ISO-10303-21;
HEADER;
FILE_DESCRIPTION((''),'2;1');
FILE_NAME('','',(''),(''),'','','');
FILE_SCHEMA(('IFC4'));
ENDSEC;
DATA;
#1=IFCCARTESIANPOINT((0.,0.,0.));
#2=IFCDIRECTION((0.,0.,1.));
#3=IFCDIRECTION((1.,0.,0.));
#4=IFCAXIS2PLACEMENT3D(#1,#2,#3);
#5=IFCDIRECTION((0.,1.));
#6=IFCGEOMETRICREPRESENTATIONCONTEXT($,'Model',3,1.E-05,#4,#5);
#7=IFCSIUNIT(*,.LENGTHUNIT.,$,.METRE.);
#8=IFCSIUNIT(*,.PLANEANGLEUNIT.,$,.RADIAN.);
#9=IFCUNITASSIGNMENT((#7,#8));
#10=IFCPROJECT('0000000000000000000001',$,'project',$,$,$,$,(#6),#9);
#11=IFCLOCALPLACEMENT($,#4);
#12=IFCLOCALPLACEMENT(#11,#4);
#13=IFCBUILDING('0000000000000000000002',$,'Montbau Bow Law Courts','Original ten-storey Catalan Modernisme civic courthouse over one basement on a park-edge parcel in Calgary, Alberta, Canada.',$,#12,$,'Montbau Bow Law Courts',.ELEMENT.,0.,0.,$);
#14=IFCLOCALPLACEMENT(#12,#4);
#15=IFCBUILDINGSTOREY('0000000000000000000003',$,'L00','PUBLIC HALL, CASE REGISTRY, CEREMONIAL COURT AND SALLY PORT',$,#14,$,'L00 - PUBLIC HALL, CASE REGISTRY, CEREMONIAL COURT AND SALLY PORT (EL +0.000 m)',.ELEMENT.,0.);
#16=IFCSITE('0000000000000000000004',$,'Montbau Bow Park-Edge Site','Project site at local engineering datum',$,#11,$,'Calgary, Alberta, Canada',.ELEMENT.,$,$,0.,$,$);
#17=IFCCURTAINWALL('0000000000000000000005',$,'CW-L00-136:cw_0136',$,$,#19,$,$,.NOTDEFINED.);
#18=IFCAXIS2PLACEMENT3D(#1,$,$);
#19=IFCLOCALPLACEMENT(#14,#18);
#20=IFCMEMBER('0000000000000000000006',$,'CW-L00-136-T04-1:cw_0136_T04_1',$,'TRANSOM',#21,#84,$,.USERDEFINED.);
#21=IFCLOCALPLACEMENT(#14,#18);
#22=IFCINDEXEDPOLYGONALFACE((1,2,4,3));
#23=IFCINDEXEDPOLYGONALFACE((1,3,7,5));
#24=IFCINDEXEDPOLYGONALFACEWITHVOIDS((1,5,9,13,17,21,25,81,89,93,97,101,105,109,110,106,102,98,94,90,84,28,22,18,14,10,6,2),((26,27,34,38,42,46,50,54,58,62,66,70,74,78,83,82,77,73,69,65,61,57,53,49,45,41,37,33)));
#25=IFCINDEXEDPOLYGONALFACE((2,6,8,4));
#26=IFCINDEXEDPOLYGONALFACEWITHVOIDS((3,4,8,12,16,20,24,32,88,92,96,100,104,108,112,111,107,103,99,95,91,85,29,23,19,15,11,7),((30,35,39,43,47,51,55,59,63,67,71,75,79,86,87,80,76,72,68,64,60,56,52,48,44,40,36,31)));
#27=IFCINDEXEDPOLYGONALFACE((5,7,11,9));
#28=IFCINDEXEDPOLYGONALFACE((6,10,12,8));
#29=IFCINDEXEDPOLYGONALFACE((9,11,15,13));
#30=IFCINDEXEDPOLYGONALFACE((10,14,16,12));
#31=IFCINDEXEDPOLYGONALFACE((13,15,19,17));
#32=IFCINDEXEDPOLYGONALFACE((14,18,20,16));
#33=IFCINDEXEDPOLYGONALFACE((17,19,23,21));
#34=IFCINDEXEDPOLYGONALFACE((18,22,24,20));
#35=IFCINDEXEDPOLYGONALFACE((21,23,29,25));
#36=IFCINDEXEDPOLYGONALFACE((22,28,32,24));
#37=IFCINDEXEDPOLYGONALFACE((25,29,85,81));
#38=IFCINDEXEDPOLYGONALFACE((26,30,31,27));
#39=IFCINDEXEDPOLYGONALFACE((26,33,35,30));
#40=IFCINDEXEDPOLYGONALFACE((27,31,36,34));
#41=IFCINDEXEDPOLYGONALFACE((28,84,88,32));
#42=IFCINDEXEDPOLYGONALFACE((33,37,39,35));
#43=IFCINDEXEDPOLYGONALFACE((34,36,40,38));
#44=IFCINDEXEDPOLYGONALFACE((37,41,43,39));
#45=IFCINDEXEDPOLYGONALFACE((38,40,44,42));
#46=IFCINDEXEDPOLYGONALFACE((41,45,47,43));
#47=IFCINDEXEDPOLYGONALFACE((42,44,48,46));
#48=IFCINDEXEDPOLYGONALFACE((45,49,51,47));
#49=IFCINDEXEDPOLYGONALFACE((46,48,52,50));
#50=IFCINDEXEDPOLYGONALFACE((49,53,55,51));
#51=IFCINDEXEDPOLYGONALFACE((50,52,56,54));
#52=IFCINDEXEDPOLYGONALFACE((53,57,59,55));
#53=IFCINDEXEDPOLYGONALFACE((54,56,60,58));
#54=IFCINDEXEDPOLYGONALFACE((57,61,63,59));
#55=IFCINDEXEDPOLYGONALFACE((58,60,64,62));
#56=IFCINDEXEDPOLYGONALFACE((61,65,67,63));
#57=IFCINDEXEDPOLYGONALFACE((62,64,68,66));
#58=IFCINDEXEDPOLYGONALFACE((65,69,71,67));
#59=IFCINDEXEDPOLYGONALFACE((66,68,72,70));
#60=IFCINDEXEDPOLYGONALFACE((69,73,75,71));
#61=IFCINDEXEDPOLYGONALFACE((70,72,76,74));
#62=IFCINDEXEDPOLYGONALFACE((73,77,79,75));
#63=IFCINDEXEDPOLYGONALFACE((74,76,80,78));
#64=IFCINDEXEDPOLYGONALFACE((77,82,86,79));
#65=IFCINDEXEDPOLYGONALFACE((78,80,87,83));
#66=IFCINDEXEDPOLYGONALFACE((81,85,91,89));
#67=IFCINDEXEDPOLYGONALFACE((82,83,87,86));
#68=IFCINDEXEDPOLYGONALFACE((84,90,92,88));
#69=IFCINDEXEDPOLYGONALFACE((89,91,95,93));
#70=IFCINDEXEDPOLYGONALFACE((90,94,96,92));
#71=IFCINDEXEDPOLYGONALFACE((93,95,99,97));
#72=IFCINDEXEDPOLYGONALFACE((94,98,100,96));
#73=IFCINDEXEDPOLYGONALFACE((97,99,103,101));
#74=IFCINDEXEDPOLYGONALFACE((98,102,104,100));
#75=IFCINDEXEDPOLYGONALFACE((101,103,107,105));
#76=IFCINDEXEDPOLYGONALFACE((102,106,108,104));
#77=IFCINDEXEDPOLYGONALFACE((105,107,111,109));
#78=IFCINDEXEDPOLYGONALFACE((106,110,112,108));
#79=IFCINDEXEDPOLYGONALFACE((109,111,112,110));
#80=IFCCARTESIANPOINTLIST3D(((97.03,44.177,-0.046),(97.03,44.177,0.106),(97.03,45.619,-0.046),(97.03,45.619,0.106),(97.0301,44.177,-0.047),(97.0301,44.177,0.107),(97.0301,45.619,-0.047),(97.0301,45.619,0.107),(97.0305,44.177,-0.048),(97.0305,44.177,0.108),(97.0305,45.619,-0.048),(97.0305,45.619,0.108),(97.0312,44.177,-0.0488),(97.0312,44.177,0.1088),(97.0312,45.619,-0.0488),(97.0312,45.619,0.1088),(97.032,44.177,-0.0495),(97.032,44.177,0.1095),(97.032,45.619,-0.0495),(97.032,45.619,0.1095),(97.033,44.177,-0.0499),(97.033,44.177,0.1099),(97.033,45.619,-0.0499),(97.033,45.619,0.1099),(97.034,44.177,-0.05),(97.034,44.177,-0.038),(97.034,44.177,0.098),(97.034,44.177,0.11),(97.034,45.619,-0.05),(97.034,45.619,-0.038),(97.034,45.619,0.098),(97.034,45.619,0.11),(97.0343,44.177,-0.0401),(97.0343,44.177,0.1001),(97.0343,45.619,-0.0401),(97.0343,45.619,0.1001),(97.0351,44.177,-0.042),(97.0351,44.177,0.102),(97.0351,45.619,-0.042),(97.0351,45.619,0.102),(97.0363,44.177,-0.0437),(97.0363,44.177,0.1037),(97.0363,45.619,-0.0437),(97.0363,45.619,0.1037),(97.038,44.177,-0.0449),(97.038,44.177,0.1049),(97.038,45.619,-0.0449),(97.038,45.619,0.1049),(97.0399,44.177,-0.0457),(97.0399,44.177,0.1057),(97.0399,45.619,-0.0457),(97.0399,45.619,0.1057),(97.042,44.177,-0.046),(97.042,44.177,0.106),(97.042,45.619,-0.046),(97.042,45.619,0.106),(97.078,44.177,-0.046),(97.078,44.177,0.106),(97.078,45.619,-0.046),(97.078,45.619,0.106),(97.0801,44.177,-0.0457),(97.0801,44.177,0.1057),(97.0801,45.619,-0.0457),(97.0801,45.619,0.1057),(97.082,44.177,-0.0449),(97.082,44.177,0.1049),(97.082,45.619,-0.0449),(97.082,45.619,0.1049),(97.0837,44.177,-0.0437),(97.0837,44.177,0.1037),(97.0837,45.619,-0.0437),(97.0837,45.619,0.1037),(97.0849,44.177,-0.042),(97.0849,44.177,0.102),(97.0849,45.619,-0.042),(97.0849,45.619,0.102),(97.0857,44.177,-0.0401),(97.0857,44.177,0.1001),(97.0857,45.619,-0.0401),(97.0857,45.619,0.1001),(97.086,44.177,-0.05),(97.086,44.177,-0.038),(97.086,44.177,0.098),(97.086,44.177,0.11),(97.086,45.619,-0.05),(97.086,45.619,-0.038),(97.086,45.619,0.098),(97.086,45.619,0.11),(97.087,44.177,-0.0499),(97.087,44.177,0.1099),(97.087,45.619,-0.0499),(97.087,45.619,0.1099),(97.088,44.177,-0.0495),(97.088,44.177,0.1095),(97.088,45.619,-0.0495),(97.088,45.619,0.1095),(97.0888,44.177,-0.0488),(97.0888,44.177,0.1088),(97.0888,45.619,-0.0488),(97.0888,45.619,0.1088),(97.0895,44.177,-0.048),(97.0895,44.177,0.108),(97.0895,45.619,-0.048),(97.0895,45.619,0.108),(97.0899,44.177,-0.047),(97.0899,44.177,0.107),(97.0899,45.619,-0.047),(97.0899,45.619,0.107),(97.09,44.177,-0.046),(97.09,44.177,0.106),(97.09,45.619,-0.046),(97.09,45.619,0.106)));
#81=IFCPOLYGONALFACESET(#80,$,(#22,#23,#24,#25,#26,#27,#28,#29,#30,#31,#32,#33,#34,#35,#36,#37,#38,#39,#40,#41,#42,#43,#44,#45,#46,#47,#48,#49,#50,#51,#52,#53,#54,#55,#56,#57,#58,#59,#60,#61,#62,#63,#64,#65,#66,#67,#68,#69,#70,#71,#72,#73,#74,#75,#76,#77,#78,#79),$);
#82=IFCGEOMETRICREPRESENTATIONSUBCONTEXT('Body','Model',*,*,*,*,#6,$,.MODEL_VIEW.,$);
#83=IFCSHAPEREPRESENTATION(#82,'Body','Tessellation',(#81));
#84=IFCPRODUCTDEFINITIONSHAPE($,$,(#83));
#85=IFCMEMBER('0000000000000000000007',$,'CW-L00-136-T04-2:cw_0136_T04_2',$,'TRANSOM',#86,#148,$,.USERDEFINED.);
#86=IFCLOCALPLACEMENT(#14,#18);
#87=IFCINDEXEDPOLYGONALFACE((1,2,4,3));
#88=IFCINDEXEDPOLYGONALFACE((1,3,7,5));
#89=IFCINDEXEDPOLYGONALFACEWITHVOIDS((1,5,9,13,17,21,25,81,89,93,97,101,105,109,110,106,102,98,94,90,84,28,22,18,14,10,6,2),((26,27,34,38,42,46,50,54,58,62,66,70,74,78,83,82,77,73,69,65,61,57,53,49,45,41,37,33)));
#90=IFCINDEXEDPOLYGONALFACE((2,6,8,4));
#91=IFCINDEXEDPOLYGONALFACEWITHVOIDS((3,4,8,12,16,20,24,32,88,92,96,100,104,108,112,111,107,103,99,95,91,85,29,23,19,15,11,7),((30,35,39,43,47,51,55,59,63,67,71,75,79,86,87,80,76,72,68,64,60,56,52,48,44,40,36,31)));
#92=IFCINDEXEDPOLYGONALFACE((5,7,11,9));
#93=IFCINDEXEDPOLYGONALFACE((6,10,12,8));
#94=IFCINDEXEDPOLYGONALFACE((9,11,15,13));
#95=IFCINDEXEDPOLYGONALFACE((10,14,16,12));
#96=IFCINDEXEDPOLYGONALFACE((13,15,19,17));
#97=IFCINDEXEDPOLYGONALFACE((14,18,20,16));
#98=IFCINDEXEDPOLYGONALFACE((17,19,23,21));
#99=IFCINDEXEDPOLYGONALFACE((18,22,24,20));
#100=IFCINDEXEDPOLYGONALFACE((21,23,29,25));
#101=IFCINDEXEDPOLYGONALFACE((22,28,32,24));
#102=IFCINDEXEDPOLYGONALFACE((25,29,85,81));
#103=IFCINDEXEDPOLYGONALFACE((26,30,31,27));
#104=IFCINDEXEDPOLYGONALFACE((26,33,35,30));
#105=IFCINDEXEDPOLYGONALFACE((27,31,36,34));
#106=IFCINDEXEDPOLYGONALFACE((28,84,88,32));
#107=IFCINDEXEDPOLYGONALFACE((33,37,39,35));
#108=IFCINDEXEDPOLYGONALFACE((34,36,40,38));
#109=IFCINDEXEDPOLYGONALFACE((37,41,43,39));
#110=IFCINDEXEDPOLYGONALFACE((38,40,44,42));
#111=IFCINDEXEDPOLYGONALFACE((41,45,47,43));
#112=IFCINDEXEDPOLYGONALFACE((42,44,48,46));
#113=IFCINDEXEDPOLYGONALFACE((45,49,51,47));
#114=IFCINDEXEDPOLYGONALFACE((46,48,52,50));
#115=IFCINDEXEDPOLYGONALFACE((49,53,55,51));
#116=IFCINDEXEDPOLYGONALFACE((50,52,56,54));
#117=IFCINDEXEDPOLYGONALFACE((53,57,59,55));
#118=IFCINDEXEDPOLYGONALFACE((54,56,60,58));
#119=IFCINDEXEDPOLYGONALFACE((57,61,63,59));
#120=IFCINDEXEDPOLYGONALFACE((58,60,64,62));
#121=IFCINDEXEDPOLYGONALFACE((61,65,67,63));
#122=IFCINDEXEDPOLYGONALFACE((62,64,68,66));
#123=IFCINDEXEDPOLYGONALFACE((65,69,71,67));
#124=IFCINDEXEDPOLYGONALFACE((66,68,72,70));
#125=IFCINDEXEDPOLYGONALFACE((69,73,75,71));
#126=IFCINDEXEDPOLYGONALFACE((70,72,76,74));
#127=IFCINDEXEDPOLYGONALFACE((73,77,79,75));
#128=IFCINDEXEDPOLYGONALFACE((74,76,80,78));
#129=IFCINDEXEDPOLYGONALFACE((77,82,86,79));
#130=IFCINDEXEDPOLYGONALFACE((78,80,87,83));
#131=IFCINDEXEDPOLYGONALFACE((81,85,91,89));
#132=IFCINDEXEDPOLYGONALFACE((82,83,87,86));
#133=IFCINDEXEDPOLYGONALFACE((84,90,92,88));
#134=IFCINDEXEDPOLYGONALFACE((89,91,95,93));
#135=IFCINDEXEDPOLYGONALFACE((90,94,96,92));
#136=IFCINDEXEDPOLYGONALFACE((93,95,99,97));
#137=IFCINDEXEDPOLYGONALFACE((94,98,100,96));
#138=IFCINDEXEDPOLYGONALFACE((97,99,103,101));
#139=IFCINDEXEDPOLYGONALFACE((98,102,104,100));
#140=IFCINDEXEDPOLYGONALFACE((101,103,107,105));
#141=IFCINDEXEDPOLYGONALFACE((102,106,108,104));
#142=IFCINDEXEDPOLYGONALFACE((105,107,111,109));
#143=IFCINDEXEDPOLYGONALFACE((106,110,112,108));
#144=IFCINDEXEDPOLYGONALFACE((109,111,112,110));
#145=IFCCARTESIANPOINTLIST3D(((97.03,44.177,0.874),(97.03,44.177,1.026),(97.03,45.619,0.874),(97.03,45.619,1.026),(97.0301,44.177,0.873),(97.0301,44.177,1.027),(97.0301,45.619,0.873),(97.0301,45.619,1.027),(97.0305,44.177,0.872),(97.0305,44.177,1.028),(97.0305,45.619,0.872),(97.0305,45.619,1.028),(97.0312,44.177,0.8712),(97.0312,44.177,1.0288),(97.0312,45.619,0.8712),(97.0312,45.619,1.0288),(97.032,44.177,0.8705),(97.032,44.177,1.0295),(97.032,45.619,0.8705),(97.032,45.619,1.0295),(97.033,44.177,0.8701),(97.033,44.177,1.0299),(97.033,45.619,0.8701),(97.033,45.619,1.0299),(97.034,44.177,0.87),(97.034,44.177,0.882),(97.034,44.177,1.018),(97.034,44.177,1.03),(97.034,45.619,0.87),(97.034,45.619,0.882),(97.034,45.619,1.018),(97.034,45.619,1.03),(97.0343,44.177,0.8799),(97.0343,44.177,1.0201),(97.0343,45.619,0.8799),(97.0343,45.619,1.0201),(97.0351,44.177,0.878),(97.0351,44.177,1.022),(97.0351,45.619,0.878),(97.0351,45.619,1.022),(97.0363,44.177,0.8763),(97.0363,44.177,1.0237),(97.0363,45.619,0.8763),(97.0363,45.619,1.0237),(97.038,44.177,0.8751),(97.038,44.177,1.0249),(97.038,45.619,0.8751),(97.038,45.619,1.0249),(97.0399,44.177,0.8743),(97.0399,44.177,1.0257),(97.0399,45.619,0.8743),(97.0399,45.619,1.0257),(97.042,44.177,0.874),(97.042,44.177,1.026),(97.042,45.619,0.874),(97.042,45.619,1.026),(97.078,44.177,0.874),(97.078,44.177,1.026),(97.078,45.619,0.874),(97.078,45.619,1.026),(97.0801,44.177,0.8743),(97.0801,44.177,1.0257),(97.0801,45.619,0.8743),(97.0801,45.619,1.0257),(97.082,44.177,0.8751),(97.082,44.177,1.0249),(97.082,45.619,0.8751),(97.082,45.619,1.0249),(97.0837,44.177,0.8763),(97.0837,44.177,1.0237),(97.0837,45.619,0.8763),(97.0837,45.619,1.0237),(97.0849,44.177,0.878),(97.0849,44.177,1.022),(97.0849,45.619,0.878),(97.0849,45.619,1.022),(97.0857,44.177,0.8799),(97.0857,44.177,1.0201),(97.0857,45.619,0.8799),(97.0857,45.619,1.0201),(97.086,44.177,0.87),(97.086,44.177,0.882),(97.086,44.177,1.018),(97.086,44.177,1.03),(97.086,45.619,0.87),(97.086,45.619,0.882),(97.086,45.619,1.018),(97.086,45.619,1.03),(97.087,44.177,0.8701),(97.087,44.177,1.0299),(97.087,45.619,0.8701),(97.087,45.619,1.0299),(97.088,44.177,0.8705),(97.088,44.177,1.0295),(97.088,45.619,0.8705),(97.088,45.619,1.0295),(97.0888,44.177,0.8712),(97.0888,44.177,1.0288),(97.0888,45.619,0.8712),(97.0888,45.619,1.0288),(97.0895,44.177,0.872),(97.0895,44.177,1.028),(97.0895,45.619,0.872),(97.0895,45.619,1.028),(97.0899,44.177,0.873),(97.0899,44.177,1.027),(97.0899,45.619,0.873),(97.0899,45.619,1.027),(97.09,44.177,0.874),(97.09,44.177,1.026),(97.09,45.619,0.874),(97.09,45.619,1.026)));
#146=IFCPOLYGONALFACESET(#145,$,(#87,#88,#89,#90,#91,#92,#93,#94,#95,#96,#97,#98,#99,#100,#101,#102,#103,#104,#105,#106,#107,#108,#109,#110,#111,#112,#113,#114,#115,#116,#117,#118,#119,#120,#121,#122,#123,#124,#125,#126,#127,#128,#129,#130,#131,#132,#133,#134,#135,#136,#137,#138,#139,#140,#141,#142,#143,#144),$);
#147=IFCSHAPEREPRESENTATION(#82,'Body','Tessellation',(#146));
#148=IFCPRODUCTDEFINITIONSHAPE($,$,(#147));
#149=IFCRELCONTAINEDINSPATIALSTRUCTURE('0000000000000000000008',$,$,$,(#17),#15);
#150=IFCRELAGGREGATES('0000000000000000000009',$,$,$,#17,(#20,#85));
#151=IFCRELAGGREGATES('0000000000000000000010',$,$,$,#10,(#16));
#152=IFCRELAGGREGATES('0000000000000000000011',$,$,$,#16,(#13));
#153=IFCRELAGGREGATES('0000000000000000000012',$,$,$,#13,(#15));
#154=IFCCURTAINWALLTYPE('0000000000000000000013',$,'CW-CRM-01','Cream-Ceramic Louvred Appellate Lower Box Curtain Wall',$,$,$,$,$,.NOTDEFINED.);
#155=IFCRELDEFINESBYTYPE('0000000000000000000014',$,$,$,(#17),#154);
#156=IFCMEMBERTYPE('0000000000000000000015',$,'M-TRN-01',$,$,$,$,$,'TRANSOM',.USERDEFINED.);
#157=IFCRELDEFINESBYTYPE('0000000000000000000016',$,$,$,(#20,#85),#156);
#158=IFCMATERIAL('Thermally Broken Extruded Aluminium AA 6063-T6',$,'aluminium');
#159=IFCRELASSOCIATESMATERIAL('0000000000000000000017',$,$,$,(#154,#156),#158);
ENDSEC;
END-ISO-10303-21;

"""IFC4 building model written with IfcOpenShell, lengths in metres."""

from ifc_helpers import new_model, si_unit, direction, frame, origin_with_axes, origin_2d_with_axis, place, context, subcontext, project, spatial, hollow_rectangle, extrude, material, material_profile, profile_set, type_object, element, aggregate, save


model = new_model("IFC4")

# Units and contexts
model_context = context("Model", 3, precision=1e-05, world=origin_with_axes(), true_north=direction((0.0, 1.0)))
body_context = subcontext(model_context, "Body", "Model", "MODEL_VIEW")
ifc_project = project(units=[si_unit("LENGTHUNIT", "METRE"), si_unit("PLANEANGLEUNIT", "RADIAN")], contexts=[model_context])

# Site, building, storey
site_placement = place(None, origin_with_axes())
site = spatial("IfcSite", under=ifc_project, at=site_placement, Name="Montbau Bow Park-Edge Site", Description="Project site at local engineering datum", LongName="Calgary, Alberta, Canada", CompositionType="ELEMENT", RefElevation=0.0)
building_placement = place(site_placement, origin_with_axes())
building = spatial("IfcBuilding", under=site, at=building_placement, Name="Montbau Bow Law Courts", Description="Original ten-storey Catalan Modernisme civic courthouse over one basement on a park-edge parcel in Calgary, Alberta, Canada.", LongName="Montbau Bow Law Courts", CompositionType="ELEMENT", ElevationOfRefHeight=0.0, ElevationOfTerrain=0.0)
storey_placement = place(building_placement, origin_with_axes())
storey = spatial("IfcBuildingStorey", under=building, at=storey_placement, Name="L00", Description="PUBLIC HALL, CASE REGISTRY, CEREMONIAL COURT AND SALLY PORT", LongName="L00 - PUBLIC HALL, CASE REGISTRY, CEREMONIAL COURT AND SALLY PORT (EL +0.000 m)", CompositionType="ELEMENT", Elevation=0.0)

# Curtain wall
ifc_material_1 = material(Name="Thermally Broken Extruded Aluminium AA 6063-T6", Category="aluminium")
curtain_wall_type = type_object("IfcCurtainWallType", Name="CW-CRM-01", Description="Cream-Ceramic Louvred Appellate Lower Box Curtain Wall", PredefinedType="NOTDEFINED", material=ifc_material_1)
curtain_wall_1_placement = place(None, frame((97.06, 39.515, 0.0), z_axis=(0.0, 0.0, 1.0), x_axis=(1.0, 0.0, 0.0)))
curtain_wall_1 = element("IfcCurtainWall", 1, at=curtain_wall_1_placement, inside=storey, type_object=curtain_wall_type, Name="CW-L00-136:cw_0136", PredefinedType="NOTDEFINED")

# Members
ifc_material_profile_1 = material_profile(ifc_material_1, hollow_rectangle(XDim=0.06, YDim=0.16, WallThickness=0.004, InnerFilletRadius=0.008, OuterFilletRadius=0.004, at=origin_2d_with_axis()), Name="CWT-160X60", Category="Main", Priority=0)
ifc_profile_set_1 = profile_set([ifc_material_profile_1], Name="Thermally Broken Extruded Aluminium AA 6063-T6")
member_type_1 = type_object("IfcMemberType", Name="M-TRN-01", ElementType="TRANSOM", PredefinedType="USERDEFINED", material=ifc_profile_set_1)
member_1_placement = place(None, frame((97.06, 44.177, 0.03), z_axis=(0.0, 1.0, 0.0), x_axis=(-1.0, 0.0, 0.0)))
member_1 = element("IfcMember", 2, at=member_1_placement, type_object=member_type_1, Name="CW-L00-136-T04-1:cw_0136_T04_1", ObjectType="TRANSOM", PredefinedType="USERDEFINED", context=body_context, shape_type="SweptSolid", body=[
    extrude(hollow_rectangle(XDim=0.06, YDim=0.16, WallThickness=0.004, InnerFilletRadius=0.008, OuterFilletRadius=0.004, at=origin_2d_with_axis()), origin_with_axes(), (0.0, 0.0, 1.0), 1.442),
])
member_2_placement = place(None, frame((97.06, 44.177, 0.95), z_axis=(0.0, 1.0, 0.0), x_axis=(-1.0, 0.0, 0.0)))
member_2 = element("IfcMember", 3, at=member_2_placement, type_object=member_type_1, Name="CW-L00-136-T04-2:cw_0136_T04_2", ObjectType="TRANSOM", PredefinedType="USERDEFINED", context=body_context, shape_type="SweptSolid", body=[
    extrude(hollow_rectangle(XDim=0.06, YDim=0.16, WallThickness=0.004, InnerFilletRadius=0.008, OuterFilletRadius=0.004, at=origin_2d_with_axis()), origin_with_axes(), (0.0, 0.0, 1.0), 1.442),
])

aggregate(curtain_wall_1, [member_1, member_2])

save(model, "model.ifc")
